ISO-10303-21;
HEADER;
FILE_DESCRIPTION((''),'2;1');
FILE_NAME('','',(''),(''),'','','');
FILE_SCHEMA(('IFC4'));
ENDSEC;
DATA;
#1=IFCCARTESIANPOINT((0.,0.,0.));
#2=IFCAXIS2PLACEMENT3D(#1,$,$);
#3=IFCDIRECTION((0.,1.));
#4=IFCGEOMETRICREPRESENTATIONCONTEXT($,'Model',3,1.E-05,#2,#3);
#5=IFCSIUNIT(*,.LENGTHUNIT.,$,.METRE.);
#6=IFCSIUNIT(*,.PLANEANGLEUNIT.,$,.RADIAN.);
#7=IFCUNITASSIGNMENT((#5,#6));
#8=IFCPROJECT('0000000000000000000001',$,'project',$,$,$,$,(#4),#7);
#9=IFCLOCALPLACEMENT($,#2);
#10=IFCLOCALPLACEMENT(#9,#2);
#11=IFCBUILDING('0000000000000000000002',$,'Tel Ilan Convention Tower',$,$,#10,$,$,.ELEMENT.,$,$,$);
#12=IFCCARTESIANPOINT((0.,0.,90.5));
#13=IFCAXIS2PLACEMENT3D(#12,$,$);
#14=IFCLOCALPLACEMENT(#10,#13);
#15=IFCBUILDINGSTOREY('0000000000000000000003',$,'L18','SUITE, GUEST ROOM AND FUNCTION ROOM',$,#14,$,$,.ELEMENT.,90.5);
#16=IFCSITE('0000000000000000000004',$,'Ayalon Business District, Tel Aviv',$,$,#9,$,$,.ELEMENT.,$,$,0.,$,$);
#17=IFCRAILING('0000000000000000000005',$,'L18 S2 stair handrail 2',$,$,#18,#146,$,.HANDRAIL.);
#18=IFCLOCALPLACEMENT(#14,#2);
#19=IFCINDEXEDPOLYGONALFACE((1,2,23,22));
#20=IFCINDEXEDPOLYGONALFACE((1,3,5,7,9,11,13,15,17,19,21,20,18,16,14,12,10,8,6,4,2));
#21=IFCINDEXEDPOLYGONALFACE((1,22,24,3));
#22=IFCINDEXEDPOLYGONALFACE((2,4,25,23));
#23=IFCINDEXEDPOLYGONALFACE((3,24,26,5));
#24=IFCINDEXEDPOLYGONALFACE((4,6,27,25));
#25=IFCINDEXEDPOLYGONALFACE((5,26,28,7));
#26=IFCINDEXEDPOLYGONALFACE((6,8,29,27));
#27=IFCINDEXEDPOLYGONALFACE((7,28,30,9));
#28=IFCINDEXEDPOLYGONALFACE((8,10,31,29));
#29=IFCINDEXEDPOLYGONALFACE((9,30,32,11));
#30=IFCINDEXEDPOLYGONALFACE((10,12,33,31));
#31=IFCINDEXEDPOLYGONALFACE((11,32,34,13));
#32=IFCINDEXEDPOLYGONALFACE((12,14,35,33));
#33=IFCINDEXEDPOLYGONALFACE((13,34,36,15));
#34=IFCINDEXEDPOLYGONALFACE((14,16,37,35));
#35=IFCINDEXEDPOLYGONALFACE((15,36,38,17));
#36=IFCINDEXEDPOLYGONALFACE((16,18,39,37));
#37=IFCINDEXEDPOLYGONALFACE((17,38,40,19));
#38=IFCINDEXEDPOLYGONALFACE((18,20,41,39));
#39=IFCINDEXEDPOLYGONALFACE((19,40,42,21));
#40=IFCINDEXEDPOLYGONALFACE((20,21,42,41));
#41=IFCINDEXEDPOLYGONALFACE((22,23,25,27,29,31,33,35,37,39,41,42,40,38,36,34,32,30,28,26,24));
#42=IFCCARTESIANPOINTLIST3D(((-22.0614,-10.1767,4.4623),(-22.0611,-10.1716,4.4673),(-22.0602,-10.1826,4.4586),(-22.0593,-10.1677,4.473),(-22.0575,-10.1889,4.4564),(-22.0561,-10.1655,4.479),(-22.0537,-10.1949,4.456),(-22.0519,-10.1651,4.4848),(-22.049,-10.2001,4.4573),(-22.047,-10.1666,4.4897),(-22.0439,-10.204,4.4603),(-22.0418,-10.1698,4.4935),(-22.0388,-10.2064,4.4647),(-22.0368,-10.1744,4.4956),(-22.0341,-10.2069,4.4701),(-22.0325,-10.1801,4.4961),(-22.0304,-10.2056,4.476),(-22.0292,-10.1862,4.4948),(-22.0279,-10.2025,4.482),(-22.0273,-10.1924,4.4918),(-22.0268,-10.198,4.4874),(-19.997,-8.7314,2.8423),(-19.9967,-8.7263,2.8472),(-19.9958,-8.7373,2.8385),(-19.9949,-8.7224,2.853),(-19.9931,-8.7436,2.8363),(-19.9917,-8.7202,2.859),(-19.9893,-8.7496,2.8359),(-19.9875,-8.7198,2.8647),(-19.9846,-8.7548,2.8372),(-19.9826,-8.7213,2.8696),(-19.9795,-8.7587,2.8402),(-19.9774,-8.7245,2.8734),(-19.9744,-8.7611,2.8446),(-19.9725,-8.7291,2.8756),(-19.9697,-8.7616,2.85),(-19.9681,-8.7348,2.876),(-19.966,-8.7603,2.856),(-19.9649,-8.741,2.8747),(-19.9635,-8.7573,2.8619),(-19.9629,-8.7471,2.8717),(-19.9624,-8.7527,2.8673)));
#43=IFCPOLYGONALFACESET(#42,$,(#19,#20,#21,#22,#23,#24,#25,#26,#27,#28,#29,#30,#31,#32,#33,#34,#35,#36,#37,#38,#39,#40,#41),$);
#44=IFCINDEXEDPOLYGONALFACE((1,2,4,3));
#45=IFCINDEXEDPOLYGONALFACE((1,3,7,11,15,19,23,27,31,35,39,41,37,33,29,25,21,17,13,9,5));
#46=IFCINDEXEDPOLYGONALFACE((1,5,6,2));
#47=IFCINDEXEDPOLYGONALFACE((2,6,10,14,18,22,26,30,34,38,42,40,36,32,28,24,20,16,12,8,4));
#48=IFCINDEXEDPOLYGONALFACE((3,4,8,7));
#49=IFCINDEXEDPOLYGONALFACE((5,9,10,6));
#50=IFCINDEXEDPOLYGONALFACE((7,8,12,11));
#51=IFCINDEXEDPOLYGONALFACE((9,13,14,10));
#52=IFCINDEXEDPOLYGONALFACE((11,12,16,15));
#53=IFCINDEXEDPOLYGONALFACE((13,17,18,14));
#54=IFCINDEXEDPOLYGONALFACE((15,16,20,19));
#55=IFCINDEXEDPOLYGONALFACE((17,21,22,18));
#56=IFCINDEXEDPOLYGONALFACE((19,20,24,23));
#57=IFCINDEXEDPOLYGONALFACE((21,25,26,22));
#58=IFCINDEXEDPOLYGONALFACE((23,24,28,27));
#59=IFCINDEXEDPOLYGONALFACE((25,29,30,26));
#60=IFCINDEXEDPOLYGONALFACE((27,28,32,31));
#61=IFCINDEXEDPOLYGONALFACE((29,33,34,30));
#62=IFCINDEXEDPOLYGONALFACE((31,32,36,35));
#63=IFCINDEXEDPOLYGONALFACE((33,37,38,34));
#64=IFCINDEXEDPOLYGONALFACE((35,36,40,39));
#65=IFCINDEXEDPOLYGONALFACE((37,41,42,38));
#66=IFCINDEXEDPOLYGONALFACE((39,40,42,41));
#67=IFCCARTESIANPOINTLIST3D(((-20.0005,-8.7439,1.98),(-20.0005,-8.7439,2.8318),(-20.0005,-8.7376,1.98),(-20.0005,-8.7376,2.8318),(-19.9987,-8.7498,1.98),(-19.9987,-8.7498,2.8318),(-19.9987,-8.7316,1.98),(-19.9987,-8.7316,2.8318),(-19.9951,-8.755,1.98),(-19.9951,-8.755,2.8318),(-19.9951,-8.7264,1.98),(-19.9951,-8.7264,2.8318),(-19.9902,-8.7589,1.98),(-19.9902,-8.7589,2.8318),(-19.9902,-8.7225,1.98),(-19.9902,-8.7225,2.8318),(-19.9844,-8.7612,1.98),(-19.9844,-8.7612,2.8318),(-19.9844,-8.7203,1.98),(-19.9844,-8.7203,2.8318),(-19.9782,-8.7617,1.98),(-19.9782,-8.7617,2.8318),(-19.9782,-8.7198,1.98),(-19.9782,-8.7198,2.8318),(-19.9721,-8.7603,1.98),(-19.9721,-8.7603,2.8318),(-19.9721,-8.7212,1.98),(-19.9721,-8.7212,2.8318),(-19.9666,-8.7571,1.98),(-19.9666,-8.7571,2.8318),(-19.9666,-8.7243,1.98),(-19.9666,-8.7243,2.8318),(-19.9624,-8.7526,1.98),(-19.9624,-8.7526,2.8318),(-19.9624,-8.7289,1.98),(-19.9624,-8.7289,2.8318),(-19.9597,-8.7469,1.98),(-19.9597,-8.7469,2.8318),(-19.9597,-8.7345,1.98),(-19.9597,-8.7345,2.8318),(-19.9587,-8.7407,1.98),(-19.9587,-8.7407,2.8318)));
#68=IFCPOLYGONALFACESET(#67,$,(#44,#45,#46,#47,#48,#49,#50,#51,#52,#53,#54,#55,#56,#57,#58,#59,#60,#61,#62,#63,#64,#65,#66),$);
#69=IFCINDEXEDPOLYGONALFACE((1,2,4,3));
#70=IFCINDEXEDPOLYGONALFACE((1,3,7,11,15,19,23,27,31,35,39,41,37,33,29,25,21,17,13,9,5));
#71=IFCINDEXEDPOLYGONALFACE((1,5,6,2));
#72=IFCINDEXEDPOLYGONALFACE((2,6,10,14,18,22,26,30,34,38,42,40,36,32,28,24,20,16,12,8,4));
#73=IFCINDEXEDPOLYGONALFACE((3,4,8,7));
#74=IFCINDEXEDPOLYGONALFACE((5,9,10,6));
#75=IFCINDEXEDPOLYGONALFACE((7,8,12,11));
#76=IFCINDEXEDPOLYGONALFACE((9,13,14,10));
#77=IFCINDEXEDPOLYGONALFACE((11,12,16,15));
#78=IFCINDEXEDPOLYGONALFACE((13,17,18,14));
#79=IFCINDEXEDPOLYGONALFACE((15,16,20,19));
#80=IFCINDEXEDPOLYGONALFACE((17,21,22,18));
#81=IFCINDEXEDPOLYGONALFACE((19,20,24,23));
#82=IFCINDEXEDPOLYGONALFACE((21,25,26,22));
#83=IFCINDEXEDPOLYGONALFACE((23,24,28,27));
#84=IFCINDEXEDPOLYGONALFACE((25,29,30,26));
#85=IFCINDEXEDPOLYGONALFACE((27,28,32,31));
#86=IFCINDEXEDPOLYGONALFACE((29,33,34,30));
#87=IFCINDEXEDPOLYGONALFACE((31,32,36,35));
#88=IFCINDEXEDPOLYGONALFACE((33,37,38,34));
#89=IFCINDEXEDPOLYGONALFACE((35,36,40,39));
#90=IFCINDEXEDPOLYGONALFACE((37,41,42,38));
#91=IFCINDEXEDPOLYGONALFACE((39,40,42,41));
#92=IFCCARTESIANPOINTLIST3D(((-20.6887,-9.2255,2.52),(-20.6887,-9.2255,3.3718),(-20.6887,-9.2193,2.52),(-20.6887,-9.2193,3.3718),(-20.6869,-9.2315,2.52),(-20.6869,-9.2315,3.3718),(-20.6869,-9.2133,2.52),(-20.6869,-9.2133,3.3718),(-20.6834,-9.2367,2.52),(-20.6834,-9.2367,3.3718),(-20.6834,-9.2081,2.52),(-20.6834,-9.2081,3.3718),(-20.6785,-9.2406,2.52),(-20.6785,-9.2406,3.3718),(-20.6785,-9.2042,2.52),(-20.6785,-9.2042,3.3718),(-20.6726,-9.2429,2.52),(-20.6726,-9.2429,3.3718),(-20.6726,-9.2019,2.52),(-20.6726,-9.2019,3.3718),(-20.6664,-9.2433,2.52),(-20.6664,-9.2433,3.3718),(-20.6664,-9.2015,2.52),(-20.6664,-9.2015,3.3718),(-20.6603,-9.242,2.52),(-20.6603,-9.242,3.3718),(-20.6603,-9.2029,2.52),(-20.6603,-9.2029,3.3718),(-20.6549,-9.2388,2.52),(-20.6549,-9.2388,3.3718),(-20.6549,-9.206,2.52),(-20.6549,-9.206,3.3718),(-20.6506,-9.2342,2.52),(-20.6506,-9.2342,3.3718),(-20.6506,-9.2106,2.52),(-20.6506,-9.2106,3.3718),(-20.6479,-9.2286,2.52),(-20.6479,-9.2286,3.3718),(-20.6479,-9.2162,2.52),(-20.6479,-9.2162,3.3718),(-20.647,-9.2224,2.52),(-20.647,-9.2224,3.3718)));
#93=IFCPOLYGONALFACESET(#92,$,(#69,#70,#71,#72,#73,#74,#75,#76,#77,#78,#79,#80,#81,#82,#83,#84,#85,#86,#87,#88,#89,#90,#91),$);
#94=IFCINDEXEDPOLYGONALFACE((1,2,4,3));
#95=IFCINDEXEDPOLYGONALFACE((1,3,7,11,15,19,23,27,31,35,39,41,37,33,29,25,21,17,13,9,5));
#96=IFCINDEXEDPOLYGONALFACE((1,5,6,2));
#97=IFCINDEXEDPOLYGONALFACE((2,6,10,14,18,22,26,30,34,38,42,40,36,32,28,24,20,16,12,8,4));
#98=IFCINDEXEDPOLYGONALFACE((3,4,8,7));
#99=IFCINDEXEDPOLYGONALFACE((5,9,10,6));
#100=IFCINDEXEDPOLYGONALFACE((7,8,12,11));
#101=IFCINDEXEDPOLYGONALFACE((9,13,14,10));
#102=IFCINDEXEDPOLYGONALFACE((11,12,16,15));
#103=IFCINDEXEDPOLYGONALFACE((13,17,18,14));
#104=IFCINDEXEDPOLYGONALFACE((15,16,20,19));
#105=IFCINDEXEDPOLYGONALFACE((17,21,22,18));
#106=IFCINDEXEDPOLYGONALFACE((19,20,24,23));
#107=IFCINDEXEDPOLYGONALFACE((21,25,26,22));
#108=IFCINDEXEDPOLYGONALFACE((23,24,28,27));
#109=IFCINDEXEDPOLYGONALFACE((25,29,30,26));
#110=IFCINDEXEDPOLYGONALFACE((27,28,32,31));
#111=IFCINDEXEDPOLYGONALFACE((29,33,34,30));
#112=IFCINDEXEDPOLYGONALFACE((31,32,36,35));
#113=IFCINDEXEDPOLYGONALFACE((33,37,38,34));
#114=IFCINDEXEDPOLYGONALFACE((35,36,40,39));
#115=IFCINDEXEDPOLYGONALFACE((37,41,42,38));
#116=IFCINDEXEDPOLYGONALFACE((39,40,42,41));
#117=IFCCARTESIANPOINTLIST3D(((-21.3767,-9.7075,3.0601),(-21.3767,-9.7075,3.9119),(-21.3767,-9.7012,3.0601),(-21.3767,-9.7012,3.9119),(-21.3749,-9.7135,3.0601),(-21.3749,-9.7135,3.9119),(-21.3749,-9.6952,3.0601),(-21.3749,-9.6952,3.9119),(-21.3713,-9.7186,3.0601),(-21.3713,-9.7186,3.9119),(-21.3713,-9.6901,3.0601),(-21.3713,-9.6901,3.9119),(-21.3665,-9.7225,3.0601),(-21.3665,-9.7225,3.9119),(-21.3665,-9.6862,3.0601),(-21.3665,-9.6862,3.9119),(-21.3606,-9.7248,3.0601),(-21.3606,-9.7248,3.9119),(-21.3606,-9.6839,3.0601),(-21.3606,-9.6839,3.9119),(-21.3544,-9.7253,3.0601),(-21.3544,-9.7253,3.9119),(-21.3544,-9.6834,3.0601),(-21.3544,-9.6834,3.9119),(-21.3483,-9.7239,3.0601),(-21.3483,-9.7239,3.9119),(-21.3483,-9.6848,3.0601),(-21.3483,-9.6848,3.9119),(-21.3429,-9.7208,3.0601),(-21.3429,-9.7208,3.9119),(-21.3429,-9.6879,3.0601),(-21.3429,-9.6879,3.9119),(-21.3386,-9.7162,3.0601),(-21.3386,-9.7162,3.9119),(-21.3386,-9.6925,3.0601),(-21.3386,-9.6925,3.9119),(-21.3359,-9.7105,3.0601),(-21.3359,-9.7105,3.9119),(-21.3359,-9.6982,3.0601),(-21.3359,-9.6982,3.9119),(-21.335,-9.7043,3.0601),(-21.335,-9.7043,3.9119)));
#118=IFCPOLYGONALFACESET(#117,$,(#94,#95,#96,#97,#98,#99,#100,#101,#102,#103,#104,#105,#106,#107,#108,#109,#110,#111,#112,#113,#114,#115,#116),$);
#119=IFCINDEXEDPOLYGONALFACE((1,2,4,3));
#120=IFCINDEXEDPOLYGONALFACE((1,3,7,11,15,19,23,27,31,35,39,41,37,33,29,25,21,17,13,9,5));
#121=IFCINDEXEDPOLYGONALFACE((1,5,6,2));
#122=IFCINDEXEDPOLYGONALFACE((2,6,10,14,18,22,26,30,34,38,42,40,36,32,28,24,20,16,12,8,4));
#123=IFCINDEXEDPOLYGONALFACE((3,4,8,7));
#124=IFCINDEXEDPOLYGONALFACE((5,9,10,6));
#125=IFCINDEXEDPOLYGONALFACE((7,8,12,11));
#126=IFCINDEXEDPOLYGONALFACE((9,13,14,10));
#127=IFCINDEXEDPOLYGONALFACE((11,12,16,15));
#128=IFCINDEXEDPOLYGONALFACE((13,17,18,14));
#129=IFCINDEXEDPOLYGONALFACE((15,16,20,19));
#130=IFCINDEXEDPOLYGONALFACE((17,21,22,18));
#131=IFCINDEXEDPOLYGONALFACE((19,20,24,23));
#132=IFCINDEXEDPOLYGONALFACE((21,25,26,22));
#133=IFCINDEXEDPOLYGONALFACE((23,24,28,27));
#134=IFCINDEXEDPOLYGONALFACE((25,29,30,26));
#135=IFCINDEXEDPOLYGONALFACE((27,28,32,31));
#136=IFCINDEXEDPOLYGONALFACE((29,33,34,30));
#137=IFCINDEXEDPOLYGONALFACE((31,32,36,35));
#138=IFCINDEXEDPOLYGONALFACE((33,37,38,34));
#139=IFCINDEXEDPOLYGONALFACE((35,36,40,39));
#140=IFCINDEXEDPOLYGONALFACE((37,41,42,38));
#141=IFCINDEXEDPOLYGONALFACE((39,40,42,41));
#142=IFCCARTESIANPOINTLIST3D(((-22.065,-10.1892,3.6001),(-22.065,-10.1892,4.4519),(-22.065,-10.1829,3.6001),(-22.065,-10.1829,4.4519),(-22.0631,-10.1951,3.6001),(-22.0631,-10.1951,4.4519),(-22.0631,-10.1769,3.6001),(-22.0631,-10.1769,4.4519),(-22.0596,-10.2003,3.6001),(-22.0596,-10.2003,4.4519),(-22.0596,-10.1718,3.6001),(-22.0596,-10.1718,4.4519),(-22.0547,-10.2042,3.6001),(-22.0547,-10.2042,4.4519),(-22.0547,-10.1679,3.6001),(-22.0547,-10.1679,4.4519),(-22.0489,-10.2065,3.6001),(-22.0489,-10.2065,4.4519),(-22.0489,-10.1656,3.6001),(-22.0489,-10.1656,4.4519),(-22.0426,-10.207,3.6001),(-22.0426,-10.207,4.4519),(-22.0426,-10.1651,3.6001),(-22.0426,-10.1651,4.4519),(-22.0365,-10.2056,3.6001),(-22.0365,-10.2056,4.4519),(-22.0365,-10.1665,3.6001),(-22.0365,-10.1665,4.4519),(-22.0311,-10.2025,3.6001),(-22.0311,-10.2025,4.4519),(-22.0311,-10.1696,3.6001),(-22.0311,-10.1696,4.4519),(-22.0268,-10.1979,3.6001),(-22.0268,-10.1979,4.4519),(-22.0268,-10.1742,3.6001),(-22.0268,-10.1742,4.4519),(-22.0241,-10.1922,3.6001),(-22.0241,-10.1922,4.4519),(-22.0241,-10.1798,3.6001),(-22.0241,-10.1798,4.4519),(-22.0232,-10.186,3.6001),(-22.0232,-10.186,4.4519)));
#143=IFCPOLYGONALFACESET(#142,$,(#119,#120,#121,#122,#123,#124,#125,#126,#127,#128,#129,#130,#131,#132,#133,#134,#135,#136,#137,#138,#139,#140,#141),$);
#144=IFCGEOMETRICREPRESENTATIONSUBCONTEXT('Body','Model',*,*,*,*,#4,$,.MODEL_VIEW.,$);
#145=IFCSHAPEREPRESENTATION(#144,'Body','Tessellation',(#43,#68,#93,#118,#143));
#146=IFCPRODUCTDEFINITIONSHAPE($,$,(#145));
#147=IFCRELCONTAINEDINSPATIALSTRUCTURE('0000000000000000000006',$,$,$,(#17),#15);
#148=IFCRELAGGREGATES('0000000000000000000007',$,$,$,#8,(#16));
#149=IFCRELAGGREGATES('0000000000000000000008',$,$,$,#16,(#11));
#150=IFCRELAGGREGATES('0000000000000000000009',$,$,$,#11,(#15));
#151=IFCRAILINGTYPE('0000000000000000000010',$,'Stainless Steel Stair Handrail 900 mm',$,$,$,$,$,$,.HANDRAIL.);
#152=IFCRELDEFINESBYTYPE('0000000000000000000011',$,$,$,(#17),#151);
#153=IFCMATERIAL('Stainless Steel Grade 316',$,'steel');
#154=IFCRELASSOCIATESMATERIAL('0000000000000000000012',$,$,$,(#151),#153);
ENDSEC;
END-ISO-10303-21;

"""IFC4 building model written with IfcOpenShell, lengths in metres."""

from ifc_helpers import new_model, si_unit, direction, frame, origin, origin_2d, place, context, subcontext, project, spatial, circle, extrude, material, type_object, element, save


model = new_model("IFC4")

# Units and contexts
model_context = context("Model", 3, precision=1e-05, world=origin(), true_north=direction((0.0, 1.0)))
body_context = subcontext(model_context, "Body", "Model", "MODEL_VIEW")
ifc_project = project(units=[si_unit("LENGTHUNIT", "METRE"), si_unit("PLANEANGLEUNIT", "RADIAN")], contexts=[model_context])

# Site, building, storey
site_placement = place(None, origin())
site = spatial("IfcSite", under=ifc_project, at=site_placement, Name="Ayalon Business District, Tel Aviv", CompositionType="ELEMENT", RefElevation=0.0)
building_placement = place(site_placement, origin())
building = spatial("IfcBuilding", under=site, at=building_placement, Name="Tel Ilan Convention Tower", CompositionType="ELEMENT")
storey_placement = place(building_placement, frame((0.0, 0.0, 90.5)))
storey = spatial("IfcBuildingStorey", under=building, at=storey_placement, Name="L18", Description="SUITE, GUEST ROOM AND FUNCTION ROOM", CompositionType="ELEMENT", Elevation=90.5)

# Railing
ifc_material_1 = material(Name="Stainless Steel Grade 316", Category="steel")
railing_type_1 = type_object("IfcRailingType", Name="Stainless Steel Stair Handrail 900 mm", PredefinedType="HANDRAIL", material=ifc_material_1)
railing_1_placement = place(storey_placement, frame((-19.9797, -8.7407, 1.98)))
element("IfcRailing", 1, at=railing_1_placement, inside=storey, type_object=railing_type_1, Name="L18 S2 stair handrail 2", PredefinedType="HANDRAIL", context=body_context, shape_type="SweptSolid", body=[
    extrude(circle(Radius=0.0239, at=origin_2d()), frame((0.0, 0.0, 0.876), z_axis=(-0.689083, -0.482423, 0.54077), x_axis=(0.573514, -0.819196, 0.0)), (0.0, 0.0, 1.0), 2.9958),
    extrude(circle(Radius=0.021, at=origin_2d()), origin(), (0.0, 0.0, 1.0), 0.8518),
    extrude(circle(Radius=0.021, at=origin_2d()), frame((-0.6882, -0.4817, 0.54)), (0.0, 0.0, 1.0), 0.8518),
    extrude(circle(Radius=0.021, at=origin_2d()), frame((-1.3762, -0.9636, 1.0801)), (0.0, 0.0, 1.0), 0.8518),
    extrude(circle(Radius=0.021, at=origin_2d()), frame((-2.0645, -1.4453, 1.6201)), (0.0, 0.0, 1.0), 0.8518),
])

save(model, "model.ifc")
